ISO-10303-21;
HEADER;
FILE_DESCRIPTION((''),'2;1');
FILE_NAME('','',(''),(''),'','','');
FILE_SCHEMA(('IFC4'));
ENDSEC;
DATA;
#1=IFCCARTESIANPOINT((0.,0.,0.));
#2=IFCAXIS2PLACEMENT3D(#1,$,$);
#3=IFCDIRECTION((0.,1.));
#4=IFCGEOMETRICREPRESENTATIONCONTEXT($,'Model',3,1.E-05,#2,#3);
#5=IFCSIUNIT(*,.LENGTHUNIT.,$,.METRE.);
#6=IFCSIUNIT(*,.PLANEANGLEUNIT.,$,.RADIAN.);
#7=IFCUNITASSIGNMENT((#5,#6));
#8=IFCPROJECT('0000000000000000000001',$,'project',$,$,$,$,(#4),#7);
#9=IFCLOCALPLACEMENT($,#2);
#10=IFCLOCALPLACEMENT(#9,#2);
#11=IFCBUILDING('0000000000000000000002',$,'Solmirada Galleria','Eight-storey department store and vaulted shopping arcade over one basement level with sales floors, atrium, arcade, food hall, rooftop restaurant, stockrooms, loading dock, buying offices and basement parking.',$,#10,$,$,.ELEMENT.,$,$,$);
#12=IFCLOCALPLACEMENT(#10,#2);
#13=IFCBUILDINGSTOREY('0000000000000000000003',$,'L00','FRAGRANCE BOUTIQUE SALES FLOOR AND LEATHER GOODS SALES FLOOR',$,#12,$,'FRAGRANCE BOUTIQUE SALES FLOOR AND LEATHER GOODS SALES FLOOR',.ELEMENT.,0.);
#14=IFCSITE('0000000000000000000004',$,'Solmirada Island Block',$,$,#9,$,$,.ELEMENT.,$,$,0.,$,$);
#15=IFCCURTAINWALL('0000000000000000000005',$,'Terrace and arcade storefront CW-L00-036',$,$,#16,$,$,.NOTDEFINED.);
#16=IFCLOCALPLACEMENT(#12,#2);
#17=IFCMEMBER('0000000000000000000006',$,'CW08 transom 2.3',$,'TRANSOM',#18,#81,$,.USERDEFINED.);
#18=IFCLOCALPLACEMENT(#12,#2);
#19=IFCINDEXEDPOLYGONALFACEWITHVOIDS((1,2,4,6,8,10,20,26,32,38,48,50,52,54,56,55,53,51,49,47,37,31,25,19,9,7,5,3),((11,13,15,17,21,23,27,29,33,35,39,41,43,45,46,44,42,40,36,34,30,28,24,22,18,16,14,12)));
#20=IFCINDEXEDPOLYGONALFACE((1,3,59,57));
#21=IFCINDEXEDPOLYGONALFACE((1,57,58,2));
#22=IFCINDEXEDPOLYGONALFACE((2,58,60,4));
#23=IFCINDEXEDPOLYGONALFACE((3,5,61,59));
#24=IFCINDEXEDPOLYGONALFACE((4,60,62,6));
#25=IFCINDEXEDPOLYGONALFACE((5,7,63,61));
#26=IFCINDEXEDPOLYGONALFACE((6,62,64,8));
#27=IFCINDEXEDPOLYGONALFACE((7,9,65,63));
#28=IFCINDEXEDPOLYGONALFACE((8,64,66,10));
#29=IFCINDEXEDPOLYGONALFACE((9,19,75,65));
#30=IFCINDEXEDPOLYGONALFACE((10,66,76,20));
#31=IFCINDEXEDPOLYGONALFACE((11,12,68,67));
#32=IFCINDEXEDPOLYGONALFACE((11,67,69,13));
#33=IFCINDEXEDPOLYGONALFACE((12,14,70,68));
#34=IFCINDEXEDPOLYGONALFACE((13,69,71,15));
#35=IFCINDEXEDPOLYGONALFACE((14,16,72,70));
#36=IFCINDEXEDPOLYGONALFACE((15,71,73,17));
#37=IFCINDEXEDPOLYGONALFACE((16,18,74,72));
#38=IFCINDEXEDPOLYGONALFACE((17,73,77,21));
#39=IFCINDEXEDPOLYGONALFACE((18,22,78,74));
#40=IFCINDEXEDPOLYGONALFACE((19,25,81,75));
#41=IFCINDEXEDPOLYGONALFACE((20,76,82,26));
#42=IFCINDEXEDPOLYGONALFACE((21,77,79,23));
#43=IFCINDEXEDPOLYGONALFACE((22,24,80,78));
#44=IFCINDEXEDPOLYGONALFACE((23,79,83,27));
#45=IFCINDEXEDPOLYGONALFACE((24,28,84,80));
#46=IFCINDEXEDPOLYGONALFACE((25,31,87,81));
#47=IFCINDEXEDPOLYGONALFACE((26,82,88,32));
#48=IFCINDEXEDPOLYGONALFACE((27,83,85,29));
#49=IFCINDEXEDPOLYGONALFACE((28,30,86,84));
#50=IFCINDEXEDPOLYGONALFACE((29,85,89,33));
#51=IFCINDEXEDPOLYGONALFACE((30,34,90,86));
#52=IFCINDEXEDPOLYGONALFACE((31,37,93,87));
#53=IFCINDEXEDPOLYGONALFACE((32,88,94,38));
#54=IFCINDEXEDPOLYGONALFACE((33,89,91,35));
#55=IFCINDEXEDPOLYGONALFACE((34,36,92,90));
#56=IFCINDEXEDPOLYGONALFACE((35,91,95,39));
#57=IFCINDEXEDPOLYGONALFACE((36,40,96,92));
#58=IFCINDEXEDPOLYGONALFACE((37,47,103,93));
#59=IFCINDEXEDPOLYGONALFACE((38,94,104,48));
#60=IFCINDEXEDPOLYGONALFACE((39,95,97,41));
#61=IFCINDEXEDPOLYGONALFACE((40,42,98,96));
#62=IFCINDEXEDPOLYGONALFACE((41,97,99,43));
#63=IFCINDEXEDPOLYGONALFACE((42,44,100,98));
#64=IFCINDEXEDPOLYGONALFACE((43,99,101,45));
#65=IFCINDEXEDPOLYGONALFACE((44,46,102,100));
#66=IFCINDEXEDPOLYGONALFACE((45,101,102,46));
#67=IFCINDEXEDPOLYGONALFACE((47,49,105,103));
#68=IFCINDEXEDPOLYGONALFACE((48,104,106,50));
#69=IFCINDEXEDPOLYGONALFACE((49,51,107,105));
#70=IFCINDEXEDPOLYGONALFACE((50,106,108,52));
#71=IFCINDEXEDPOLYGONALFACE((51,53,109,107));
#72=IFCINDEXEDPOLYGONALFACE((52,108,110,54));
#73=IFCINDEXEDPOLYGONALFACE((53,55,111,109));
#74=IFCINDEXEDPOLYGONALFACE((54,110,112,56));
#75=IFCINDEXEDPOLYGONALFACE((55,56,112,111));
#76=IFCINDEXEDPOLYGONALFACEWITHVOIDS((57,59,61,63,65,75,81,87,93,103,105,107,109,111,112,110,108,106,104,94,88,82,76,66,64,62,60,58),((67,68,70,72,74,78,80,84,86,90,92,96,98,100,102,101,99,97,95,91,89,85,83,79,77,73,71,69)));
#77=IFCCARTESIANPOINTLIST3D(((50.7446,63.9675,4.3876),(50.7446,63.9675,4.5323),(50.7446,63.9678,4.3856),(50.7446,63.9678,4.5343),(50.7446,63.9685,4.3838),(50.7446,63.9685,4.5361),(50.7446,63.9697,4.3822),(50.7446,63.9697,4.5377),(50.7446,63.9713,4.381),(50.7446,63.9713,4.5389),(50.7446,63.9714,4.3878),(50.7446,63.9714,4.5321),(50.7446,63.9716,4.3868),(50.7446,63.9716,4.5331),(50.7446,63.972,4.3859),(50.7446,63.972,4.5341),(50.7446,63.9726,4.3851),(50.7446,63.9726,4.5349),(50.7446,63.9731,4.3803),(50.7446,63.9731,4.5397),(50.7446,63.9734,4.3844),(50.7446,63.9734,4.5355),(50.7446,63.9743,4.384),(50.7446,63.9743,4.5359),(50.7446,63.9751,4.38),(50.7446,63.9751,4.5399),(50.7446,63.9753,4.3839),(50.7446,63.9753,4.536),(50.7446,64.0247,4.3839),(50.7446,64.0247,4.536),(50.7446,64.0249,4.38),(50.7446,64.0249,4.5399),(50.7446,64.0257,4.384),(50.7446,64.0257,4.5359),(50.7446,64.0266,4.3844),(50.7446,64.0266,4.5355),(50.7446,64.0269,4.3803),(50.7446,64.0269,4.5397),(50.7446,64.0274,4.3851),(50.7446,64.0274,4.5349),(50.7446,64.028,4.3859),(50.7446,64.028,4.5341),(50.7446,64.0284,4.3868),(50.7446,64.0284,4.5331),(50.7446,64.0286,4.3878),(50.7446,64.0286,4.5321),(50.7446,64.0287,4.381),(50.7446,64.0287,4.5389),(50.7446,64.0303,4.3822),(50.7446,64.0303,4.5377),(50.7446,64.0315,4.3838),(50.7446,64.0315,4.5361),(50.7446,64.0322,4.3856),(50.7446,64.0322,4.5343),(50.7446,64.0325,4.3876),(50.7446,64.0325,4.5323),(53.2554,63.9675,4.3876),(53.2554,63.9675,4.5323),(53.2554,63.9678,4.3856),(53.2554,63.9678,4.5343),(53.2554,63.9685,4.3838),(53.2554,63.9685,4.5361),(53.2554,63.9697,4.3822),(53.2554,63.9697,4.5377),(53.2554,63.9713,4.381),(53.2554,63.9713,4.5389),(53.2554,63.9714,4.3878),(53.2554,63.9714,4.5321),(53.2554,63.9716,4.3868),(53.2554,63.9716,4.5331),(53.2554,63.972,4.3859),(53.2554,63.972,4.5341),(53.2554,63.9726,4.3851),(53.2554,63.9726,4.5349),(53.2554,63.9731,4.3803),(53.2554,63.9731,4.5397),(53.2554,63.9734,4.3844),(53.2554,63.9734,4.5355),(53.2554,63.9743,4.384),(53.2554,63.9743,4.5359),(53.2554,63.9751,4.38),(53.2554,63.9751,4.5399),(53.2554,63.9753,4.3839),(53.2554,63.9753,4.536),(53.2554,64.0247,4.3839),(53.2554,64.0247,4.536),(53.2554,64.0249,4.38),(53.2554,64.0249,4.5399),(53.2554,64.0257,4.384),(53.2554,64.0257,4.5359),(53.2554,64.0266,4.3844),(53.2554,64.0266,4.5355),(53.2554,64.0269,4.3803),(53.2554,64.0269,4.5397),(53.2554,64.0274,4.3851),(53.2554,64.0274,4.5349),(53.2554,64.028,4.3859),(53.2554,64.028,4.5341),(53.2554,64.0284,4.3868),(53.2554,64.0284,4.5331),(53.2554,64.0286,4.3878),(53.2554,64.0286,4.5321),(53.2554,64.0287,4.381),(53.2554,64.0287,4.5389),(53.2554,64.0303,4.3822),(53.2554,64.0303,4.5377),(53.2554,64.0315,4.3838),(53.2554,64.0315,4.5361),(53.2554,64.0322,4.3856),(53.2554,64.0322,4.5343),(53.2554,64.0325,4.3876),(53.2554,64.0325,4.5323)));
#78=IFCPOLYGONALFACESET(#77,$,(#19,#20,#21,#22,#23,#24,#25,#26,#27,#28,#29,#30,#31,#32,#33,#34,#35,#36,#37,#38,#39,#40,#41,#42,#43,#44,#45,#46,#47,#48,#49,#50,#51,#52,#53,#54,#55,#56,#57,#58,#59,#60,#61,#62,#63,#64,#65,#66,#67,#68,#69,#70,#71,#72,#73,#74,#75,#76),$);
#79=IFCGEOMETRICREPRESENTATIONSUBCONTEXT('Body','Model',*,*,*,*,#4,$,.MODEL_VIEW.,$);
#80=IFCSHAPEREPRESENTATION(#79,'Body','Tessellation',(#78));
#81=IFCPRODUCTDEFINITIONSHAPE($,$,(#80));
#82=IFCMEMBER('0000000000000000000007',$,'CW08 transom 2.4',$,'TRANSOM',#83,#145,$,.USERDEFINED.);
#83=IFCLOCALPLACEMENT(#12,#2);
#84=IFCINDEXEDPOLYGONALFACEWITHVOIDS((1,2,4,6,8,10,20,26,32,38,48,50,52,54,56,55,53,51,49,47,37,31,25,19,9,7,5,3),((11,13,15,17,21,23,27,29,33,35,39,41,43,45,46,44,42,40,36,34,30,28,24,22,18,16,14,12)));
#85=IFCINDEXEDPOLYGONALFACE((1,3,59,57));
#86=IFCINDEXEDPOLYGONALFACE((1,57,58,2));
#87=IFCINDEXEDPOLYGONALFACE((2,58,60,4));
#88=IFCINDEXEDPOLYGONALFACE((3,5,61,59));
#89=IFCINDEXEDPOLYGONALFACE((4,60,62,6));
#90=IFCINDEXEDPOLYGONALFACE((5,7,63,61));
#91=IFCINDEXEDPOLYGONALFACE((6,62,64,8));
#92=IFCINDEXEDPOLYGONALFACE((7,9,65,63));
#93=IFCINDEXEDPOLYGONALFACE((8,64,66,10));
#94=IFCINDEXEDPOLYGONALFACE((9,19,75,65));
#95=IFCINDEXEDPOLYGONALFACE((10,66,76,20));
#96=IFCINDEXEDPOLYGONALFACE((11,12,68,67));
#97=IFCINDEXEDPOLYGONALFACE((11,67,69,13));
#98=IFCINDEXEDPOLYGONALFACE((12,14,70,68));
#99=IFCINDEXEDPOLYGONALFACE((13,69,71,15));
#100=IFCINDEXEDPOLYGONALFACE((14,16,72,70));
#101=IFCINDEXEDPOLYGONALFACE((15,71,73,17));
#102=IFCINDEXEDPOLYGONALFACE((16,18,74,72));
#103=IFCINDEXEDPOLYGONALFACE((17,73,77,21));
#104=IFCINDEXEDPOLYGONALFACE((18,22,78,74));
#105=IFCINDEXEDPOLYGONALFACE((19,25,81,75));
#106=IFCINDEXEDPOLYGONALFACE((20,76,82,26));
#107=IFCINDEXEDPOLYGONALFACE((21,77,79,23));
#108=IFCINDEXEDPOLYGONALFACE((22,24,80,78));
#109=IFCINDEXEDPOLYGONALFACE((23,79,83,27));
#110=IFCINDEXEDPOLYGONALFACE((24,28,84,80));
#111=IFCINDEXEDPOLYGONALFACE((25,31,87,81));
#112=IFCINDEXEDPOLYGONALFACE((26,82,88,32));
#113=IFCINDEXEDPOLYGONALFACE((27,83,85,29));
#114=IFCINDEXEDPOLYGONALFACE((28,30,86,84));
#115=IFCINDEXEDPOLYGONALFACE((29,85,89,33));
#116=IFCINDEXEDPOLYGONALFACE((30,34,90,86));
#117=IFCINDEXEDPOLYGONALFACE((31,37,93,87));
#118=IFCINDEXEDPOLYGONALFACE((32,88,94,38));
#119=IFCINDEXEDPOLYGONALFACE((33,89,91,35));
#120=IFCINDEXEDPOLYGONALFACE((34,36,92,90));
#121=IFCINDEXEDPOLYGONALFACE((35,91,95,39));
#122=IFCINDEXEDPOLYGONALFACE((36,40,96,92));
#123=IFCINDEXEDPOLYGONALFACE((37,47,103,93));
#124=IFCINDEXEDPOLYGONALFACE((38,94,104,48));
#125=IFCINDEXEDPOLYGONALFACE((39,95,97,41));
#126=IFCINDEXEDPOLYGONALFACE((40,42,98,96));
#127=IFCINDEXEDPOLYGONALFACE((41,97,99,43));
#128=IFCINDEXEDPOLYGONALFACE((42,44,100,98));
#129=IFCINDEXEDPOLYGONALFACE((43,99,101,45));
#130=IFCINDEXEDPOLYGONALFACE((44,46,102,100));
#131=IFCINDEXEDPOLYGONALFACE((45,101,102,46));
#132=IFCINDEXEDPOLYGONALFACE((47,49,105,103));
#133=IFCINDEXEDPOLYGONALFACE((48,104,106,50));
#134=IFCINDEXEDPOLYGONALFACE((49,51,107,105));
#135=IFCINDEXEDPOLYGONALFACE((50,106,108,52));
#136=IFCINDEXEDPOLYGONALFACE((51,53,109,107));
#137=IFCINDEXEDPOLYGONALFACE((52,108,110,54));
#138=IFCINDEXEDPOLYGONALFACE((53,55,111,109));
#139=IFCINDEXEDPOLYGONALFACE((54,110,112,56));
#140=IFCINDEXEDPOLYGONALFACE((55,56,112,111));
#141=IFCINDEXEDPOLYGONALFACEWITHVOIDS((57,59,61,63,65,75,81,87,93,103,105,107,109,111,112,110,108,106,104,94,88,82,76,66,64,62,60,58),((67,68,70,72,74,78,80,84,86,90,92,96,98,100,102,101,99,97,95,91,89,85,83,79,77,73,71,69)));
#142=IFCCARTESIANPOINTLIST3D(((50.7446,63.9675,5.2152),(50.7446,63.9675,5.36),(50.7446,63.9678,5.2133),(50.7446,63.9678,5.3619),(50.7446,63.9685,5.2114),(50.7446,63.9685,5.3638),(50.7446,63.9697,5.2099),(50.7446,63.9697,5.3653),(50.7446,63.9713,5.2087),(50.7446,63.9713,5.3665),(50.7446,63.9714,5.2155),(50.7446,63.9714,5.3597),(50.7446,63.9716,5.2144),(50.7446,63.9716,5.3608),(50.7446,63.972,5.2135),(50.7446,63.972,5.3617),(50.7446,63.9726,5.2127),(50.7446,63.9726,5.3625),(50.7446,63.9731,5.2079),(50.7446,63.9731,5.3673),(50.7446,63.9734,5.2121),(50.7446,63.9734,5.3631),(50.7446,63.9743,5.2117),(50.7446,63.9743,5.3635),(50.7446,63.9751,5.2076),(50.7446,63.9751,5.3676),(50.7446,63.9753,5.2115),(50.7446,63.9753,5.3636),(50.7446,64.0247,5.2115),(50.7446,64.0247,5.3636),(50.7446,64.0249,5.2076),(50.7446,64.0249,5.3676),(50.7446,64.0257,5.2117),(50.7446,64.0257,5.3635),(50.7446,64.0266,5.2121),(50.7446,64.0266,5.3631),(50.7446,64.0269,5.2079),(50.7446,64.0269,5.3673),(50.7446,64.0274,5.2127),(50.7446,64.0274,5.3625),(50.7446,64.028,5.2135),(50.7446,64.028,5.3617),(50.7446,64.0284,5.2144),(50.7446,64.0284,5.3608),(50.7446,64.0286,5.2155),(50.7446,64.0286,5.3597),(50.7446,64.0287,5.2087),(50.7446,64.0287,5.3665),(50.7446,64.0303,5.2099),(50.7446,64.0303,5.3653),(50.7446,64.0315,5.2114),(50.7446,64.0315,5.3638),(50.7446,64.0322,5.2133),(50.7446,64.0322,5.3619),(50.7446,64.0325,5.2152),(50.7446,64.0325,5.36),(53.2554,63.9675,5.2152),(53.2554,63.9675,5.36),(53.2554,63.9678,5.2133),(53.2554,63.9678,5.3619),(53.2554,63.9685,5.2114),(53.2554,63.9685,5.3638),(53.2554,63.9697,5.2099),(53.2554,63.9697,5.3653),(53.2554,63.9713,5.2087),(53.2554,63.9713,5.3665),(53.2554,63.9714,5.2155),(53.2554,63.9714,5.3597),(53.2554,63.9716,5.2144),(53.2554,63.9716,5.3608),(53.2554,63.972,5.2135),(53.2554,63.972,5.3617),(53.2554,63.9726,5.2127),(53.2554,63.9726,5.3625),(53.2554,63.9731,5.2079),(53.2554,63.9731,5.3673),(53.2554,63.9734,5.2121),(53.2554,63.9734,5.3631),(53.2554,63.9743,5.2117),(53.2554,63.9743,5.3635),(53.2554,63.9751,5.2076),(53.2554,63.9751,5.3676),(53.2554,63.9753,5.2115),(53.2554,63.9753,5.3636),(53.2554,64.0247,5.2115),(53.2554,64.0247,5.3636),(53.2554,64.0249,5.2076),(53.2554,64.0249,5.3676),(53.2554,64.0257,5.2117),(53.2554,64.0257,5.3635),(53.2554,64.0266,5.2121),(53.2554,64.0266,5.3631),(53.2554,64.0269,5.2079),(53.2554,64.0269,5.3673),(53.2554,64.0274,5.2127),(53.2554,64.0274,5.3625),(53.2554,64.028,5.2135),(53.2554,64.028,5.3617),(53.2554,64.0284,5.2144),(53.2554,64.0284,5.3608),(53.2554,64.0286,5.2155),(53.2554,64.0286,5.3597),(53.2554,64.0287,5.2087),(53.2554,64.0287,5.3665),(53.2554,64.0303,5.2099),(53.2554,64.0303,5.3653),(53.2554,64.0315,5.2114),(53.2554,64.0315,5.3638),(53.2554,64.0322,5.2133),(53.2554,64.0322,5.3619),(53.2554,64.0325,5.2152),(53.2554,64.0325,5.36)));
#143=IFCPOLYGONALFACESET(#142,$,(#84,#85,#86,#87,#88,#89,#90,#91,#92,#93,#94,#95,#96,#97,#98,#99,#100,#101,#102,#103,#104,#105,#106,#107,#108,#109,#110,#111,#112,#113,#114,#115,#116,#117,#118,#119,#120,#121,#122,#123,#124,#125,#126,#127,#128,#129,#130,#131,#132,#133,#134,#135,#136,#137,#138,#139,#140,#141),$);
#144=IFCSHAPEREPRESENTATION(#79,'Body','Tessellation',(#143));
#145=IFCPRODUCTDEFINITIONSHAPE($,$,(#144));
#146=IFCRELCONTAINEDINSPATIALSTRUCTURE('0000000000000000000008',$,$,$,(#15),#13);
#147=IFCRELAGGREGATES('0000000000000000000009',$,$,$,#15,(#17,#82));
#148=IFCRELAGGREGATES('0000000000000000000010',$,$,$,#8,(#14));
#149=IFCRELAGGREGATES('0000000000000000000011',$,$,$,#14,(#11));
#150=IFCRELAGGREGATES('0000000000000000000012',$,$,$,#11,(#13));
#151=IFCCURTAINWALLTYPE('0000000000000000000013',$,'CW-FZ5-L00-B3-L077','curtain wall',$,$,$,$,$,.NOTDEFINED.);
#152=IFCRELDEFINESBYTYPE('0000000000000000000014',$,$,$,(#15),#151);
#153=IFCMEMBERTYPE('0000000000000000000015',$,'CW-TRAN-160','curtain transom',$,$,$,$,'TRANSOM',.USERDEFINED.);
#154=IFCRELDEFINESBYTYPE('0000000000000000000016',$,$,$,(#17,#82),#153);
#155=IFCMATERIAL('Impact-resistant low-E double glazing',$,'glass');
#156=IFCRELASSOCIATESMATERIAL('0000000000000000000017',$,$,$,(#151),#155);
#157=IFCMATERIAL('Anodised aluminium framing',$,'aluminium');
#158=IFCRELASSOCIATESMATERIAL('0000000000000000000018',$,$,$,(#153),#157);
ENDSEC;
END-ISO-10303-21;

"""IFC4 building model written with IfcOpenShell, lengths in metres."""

from ifc_helpers import new_model, si_unit, direction, frame, origin, origin_2d, place, context, subcontext, project, spatial, hollow_rectangle, extrude, material, material_profile, profile_set, type_object, element, aggregate, save


model = new_model("IFC4")

# Units and contexts
model_context = context("Model", 3, precision=1e-05, world=origin(), true_north=direction((0.0, 1.0)))
body_context = subcontext(model_context, "Body", "Model", "MODEL_VIEW")
ifc_project = project(units=[si_unit("LENGTHUNIT", "METRE"), si_unit("PLANEANGLEUNIT", "RADIAN")], contexts=[model_context])

# Site, building, storey
site_placement = place(None, origin())
site = spatial("IfcSite", under=ifc_project, at=site_placement, Name="Solmirada Island Block", CompositionType="ELEMENT", RefElevation=0.0)
building_placement = place(site_placement, origin())
building = spatial("IfcBuilding", under=site, at=building_placement, Name="Solmirada Galleria", Description="Eight-storey department store and vaulted shopping arcade over one basement level with sales floors, atrium, arcade, food hall, rooftop restaurant, stockrooms, loading dock, buying offices and basement parking.", CompositionType="ELEMENT")
storey_placement = place(building_placement, origin())
storey = spatial("IfcBuildingStorey", under=building, at=storey_placement, Name="L00", Description="FRAGRANCE BOUTIQUE SALES FLOOR AND LEATHER GOODS SALES FLOOR", LongName="FRAGRANCE BOUTIQUE SALES FLOOR AND LEATHER GOODS SALES FLOOR", CompositionType="ELEMENT", Elevation=0.0)

# Curtain wall
ifc_material_1 = material(Name="Impact-resistant low-E double glazing", Category="glass")
ifc_material_2 = material(Name="Anodised aluminium framing", Category="aluminium")
curtain_wall_type_1 = type_object("IfcCurtainWallType", Name="CW-FZ5-L00-B3-L077", Description="curtain wall", PredefinedType="NOTDEFINED", material=ifc_material_1)
curtain_wall_1_placement = place(storey_placement, origin())
curtain_wall_1 = element("IfcCurtainWall", 1, at=curtain_wall_1_placement, inside=storey, type_object=curtain_wall_type_1, Name="Terrace and arcade storefront CW-L00-036", PredefinedType="NOTDEFINED")

# Members
ifc_material_profile_1 = material_profile(ifc_material_2, hollow_rectangle(XDim=0.0649, YDim=0.1599, WallThickness=0.0039, InnerFilletRadius=0.0039, OuterFilletRadius=0.0076, at=origin_2d()), Name="ALU-TRAN-160X65")
ifc_profile_set_1 = profile_set([ifc_material_profile_1], Name="Anodised aluminium framing")
member_type_1 = type_object("IfcMemberType", Name="CW-TRAN-160", Description="curtain transom", ElementType="TRANSOM", PredefinedType="USERDEFINED", material=ifc_profile_set_1)
member_1_placement = place(storey_placement, frame((50.7446, 64.0, 4.46), z_axis=(1.0, 0.0, 0.0), x_axis=(0.0, 1.0, 0.0)))
member_1 = element("IfcMember", 2, at=member_1_placement, type_object=member_type_1, Name="CW08 transom 2.3", ObjectType="TRANSOM", PredefinedType="USERDEFINED", context=body_context, shape_type="SweptSolid", body=[
    extrude(hollow_rectangle(XDim=0.0649, YDim=0.1599, WallThickness=0.0039, InnerFilletRadius=0.0039, OuterFilletRadius=0.0076, at=origin_2d()), origin(), (0.0, 0.0, 1.0), 2.5107),
])
member_2_placement = place(storey_placement, frame((50.7446, 64.0, 5.2876), z_axis=(1.0, 0.0, 0.0), x_axis=(0.0, 1.0, 0.0)))
member_2 = element("IfcMember", 3, at=member_2_placement, type_object=member_type_1, Name="CW08 transom 2.4", ObjectType="TRANSOM", PredefinedType="USERDEFINED", context=body_context, shape_type="SweptSolid", body=[
    extrude(hollow_rectangle(XDim=0.0649, YDim=0.1599, WallThickness=0.0039, InnerFilletRadius=0.0039, OuterFilletRadius=0.0076, at=origin_2d()), origin(), (0.0, 0.0, 1.0), 2.5107),
])

aggregate(curtain_wall_1, [member_1, member_2])

save(model, "model.ifc")
